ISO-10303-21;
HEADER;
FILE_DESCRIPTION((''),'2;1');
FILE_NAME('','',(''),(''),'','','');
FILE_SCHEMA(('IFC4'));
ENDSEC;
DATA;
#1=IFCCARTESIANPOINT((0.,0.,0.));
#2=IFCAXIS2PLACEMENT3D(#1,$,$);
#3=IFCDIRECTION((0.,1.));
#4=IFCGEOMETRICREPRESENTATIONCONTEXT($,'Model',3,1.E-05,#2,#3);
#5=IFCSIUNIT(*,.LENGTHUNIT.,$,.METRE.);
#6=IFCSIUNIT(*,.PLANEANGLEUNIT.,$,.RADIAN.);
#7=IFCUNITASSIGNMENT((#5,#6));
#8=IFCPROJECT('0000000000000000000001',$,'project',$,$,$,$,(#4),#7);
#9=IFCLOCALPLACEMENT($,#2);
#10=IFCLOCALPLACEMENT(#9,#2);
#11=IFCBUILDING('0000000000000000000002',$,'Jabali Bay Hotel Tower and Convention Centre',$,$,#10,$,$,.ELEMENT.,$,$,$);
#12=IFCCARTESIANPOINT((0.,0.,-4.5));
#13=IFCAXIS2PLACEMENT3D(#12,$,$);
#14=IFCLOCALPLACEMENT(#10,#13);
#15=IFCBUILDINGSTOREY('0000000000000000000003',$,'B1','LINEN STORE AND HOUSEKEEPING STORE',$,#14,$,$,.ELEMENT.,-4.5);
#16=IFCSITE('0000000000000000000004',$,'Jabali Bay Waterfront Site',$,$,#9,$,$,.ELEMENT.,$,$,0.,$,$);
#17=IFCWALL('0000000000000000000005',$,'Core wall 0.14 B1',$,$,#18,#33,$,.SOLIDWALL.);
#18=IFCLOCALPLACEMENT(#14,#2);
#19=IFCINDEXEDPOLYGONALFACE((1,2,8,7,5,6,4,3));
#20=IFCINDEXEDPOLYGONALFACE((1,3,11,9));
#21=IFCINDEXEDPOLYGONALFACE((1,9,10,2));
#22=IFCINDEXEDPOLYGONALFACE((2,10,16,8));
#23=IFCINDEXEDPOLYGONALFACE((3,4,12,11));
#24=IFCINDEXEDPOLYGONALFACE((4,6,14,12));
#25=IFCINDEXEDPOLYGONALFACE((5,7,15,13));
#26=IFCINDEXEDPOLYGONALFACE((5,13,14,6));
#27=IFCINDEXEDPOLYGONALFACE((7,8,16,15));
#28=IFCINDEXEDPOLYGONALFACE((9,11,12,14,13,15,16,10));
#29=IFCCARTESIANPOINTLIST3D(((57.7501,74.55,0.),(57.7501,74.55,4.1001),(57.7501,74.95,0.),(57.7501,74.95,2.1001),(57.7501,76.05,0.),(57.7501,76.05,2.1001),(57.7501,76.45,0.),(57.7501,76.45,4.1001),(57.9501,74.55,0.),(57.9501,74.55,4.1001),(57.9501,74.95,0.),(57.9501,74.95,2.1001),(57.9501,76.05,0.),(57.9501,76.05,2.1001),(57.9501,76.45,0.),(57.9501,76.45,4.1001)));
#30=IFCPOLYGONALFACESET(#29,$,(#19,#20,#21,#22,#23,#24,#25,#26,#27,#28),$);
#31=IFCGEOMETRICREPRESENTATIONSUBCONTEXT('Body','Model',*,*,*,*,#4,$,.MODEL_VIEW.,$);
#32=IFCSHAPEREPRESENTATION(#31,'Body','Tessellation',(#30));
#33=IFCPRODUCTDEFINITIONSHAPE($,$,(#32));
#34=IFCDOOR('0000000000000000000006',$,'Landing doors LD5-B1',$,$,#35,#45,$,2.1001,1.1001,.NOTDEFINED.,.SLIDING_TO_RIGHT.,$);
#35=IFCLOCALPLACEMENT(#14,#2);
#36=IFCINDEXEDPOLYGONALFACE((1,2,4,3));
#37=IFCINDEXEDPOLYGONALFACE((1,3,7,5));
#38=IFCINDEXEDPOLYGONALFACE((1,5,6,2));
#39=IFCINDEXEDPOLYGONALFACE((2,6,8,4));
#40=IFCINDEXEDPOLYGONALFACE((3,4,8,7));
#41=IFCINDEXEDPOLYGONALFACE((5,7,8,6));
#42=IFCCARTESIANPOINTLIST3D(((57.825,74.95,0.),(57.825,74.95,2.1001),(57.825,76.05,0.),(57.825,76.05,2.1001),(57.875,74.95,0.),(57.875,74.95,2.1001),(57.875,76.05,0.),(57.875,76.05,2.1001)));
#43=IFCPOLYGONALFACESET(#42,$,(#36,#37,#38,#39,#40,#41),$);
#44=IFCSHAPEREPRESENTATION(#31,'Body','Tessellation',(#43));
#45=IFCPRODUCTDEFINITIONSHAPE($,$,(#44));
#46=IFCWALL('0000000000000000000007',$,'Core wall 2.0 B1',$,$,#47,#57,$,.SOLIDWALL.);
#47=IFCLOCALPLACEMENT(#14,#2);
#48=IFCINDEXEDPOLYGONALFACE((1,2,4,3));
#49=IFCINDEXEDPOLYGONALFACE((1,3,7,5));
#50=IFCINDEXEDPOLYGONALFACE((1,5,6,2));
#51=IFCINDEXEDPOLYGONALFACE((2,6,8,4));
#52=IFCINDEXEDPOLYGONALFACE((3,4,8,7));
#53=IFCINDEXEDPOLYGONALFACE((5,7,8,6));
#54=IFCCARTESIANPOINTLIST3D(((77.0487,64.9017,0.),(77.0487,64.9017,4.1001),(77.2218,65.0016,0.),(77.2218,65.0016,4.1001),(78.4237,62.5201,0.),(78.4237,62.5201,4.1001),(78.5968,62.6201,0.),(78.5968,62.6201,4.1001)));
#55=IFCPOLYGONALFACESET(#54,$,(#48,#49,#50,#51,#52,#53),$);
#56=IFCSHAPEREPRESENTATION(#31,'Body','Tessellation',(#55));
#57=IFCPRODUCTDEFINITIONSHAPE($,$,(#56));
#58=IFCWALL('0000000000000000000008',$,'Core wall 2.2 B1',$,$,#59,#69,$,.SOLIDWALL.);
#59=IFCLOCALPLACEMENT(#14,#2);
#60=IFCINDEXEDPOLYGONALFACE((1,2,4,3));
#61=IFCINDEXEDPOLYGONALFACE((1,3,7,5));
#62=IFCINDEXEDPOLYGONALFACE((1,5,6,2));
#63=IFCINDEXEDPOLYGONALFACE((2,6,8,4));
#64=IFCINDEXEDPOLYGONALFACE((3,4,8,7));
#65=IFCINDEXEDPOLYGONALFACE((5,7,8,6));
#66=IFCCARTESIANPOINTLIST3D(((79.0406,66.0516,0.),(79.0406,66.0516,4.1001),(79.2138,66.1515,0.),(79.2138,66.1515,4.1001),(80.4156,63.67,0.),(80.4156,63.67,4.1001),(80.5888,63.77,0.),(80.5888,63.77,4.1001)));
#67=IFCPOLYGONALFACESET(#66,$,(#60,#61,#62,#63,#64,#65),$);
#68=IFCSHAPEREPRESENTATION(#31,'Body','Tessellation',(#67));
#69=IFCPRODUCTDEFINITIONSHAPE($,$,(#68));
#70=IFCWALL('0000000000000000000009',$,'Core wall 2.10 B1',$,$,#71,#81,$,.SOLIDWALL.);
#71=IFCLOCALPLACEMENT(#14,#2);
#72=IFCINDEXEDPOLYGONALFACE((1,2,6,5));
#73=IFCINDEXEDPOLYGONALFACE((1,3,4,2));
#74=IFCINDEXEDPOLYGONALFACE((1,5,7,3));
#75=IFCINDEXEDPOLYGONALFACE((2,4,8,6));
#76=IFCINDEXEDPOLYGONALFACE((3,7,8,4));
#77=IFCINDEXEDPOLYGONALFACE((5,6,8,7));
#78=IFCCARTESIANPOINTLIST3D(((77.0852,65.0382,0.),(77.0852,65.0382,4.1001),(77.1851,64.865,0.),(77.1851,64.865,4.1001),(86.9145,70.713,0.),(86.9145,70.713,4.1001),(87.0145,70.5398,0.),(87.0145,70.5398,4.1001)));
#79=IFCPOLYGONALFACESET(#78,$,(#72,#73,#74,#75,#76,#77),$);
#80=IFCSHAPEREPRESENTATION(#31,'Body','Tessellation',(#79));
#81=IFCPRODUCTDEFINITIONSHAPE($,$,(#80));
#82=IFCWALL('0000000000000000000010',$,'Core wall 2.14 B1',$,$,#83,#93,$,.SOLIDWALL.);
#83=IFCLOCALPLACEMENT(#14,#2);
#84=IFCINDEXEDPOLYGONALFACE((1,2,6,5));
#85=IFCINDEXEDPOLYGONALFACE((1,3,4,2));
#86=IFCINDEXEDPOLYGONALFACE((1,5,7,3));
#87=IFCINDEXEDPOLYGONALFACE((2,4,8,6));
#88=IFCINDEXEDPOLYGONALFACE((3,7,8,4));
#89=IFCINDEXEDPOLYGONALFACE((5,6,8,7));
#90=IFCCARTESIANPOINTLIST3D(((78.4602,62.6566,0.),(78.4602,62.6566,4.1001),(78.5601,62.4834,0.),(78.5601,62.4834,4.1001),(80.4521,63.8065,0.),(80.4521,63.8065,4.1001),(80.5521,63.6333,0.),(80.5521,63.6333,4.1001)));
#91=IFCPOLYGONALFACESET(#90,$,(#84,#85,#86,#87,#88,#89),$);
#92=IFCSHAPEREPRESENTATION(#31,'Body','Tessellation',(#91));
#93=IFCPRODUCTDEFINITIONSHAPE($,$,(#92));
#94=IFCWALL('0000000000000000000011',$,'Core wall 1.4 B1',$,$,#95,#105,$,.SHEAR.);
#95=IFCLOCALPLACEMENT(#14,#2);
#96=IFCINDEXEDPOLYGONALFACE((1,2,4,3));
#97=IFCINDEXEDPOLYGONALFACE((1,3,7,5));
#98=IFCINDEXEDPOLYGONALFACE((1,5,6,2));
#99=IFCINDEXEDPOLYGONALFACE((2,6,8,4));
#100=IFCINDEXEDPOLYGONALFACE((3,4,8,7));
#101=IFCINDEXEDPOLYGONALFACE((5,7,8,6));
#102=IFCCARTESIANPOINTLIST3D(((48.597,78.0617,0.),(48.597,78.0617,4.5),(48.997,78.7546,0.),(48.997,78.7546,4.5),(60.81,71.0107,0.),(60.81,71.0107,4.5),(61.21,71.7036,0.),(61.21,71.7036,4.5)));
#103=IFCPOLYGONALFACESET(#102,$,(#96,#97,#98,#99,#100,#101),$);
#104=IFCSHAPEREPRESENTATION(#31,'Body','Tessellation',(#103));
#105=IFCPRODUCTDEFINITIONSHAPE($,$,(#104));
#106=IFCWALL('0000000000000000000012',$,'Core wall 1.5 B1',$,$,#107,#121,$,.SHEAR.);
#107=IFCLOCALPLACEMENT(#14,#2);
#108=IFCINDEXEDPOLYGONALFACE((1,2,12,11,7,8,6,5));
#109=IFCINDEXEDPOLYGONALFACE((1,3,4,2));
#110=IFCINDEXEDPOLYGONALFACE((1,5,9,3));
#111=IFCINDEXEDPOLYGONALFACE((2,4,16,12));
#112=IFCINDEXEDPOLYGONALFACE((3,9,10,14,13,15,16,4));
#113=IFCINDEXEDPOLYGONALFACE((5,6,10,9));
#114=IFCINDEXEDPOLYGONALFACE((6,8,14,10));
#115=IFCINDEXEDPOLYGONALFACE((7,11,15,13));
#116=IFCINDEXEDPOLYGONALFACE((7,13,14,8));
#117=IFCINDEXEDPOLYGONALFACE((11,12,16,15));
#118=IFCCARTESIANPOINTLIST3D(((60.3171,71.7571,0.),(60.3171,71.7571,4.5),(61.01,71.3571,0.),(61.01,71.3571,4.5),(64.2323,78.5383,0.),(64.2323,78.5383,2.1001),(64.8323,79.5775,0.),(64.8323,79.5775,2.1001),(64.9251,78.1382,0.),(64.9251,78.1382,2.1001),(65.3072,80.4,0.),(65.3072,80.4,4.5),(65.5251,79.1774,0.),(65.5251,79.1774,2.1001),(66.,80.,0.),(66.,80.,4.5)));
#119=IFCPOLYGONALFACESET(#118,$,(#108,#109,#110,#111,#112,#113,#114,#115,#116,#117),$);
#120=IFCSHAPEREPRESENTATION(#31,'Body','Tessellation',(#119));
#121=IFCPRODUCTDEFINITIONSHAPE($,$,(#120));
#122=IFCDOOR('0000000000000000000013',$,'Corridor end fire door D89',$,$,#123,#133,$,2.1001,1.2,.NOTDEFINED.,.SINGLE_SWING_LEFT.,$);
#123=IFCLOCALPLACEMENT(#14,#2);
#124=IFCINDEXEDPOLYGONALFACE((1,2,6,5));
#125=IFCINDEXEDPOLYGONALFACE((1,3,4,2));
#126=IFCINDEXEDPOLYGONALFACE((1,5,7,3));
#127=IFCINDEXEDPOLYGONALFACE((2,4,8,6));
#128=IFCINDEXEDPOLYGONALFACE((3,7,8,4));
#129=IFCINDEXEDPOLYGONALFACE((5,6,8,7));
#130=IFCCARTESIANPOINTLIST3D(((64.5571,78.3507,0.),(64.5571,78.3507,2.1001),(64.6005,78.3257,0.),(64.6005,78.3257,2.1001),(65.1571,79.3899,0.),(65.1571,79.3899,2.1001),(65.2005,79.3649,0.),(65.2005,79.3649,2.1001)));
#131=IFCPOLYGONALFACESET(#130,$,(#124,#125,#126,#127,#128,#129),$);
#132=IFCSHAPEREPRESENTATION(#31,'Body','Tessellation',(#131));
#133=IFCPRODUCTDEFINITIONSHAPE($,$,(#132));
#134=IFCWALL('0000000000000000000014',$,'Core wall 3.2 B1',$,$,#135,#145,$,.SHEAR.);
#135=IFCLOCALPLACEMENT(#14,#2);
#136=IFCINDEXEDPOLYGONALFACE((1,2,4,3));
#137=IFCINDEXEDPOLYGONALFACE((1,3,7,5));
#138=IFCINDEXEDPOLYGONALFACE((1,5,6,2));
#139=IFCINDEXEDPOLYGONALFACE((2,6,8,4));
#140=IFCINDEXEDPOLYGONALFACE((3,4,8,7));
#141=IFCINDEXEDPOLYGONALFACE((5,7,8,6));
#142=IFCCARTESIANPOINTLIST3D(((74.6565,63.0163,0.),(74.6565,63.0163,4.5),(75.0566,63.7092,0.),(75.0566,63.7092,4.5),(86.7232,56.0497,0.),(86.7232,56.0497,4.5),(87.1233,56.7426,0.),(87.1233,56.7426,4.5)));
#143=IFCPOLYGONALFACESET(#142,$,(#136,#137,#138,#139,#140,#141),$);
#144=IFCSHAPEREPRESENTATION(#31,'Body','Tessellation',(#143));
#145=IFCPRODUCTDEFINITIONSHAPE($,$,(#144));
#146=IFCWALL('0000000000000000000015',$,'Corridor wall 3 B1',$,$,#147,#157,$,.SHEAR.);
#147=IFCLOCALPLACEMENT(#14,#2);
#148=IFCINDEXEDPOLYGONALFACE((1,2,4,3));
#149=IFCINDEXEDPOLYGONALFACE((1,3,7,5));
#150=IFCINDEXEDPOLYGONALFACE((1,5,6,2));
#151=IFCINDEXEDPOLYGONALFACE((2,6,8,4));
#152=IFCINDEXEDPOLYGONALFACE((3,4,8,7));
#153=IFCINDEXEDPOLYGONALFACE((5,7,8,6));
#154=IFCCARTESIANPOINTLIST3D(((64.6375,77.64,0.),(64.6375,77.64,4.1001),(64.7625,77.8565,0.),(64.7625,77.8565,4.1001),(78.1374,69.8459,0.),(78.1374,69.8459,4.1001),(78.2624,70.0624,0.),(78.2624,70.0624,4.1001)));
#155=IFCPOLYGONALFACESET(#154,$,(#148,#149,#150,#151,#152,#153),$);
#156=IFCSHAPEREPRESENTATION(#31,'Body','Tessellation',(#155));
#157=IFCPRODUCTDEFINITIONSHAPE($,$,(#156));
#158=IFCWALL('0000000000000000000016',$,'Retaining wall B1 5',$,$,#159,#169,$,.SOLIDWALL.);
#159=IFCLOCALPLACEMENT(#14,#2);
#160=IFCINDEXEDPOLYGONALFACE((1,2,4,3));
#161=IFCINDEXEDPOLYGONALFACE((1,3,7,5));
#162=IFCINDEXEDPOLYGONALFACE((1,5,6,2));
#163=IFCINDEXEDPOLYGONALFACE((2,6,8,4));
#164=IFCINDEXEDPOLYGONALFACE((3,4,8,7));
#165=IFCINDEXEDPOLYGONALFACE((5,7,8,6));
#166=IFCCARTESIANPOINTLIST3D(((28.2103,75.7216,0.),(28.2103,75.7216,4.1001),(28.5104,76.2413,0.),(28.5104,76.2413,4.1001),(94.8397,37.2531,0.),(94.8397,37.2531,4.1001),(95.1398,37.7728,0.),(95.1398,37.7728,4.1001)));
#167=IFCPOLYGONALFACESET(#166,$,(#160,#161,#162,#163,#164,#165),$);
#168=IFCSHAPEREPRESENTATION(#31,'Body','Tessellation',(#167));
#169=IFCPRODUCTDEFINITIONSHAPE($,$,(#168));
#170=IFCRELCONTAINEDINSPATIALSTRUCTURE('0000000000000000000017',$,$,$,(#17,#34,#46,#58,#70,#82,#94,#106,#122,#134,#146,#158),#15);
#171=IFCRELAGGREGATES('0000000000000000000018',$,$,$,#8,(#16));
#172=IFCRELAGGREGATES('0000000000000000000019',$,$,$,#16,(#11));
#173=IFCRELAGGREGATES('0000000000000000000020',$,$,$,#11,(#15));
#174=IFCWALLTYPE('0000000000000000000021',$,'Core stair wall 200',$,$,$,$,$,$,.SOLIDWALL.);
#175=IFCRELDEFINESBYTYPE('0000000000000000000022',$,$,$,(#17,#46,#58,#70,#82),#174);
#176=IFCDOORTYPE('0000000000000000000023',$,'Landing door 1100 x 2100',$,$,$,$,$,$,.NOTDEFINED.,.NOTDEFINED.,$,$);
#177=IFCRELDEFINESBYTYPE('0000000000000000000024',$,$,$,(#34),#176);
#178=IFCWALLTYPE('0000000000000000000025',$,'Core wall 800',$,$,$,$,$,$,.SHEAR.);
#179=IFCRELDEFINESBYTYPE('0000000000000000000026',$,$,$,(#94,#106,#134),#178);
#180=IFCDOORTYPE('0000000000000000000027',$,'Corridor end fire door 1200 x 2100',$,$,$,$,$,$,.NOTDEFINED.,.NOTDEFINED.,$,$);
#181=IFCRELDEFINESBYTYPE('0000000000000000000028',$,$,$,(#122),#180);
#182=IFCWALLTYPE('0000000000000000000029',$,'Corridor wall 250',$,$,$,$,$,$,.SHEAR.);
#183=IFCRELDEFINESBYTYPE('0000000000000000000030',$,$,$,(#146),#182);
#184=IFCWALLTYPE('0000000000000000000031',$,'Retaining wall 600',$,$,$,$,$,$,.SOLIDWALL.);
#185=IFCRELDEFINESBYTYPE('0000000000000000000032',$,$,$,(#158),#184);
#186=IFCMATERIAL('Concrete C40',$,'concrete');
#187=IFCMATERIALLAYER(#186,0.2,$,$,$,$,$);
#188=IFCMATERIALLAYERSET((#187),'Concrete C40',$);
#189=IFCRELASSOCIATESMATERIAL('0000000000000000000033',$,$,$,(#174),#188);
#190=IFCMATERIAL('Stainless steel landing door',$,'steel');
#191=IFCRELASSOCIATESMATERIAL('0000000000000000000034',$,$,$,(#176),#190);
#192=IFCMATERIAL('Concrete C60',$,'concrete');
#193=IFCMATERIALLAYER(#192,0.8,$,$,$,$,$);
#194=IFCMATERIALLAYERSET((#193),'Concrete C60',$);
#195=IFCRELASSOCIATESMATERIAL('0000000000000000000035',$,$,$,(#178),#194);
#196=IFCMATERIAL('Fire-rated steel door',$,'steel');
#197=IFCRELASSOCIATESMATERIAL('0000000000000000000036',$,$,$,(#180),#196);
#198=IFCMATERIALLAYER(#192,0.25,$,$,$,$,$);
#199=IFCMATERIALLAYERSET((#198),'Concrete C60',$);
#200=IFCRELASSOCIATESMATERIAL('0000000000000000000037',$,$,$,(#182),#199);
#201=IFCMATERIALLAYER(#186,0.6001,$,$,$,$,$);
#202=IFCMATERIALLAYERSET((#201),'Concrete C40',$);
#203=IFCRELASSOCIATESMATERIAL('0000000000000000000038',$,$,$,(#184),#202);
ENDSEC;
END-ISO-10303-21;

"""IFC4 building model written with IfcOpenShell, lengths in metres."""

from ifc_helpers import new_model, si_unit, direction, frame, frame_2d, origin, place, context, subcontext, project, spatial, rectangle, extrude, material, layer, layer_set, type_object, element, fill, save


model = new_model("IFC4")

# Units and contexts
model_context = context("Model", 3, precision=1e-05, world=origin(), true_north=direction((0.0, 1.0)))
body_context = subcontext(model_context, "Body", "Model", "MODEL_VIEW")
ifc_project = project(units=[si_unit("LENGTHUNIT", "METRE"), si_unit("PLANEANGLEUNIT", "RADIAN")], contexts=[model_context])

# Site, building, storey
site_placement = place(None, origin())
site = spatial("IfcSite", under=ifc_project, at=site_placement, Name="Jabali Bay Waterfront Site", CompositionType="ELEMENT", RefElevation=0.0)
building_placement = place(site_placement, origin())
building = spatial("IfcBuilding", under=site, at=building_placement, Name="Jabali Bay Hotel Tower and Convention Centre", CompositionType="ELEMENT")
storey_placement = place(building_placement, frame((0.0, 0.0, -4.5)))
storey = spatial("IfcBuildingStorey", under=building, at=storey_placement, Name="B1", Description="LINEN STORE AND HOUSEKEEPING STORE", CompositionType="ELEMENT", Elevation=-4.5)

# Shared definitions
ifc_material_1 = material(Name="Concrete C60", Category="concrete")

# Shared definitions
ifc_material_2 = material(Name="Concrete C40", Category="concrete")

# Shared definitions
ifc_material_3 = material(Name="Fire-rated steel door", Category="steel")

# Shared definitions
ifc_layer_1 = layer(ifc_material_2, 0.2)
ifc_layer_set_1 = layer_set([ifc_layer_1], Name="Concrete C40")
wall_type_1 = type_object("IfcWallType", Name="Core stair wall 200", PredefinedType="SOLIDWALL", material=ifc_layer_set_1)

# Wall, opening, door
wall_1_placement = place(storey_placement, frame((57.8501, 76.45, 0.0), z_axis=(0.0, 0.0, 1.0), x_axis=(0.0, -1.0, 0.0)))
wall_1 = element("IfcWall", 1, at=wall_1_placement, inside=storey, type_object=wall_type_1, Name="Core wall 0.14 B1", PredefinedType="SOLIDWALL", context=body_context, shape_type="SweptSolid", body=[
    extrude(rectangle(XDim=1.8999, YDim=0.2, at=frame_2d((0.95, 0.0))), origin(), (0.0, 0.0, 1.0), 4.1001),
])
opening_1_placement = place(wall_1_placement, frame((0.3999, 0.0, 0.0)))
opening_1 = element("IfcOpeningElement", 2, at=opening_1_placement, cuts=wall_1, PredefinedType="OPENING", context=body_context, shape_type="SweptSolid", body=[
    extrude(rectangle(XDim=1.1001, YDim=2.1001, at=frame_2d((0.55, 1.05))), frame((0.0, 0.1104, 0.0), z_axis=(0.0, -1.0, 0.0), x_axis=(1.0, 0.0, 0.0)), (0.0, 0.0, 1.0), 0.2209),
])
ifc_material_4 = material(Name="Stainless steel landing door", Category="steel")
door_type_1 = type_object("IfcDoorType", Name="Landing door 1100 x 2100", OperationType="NOTDEFINED", PredefinedType="NOTDEFINED", material=ifc_material_4)
door_1_placement = place(opening_1_placement, origin())
door_1 = element("IfcDoor", 3, at=door_1_placement, inside=storey, type_object=door_type_1, Name="Landing doors LD5-B1", OperationType="SLIDING_TO_RIGHT", OverallHeight=2.1001, OverallWidth=1.1001, PredefinedType="NOTDEFINED", context=body_context, shape_type="SweptSolid", body=[
    extrude(rectangle(XDim=1.1001, YDim=2.1001, at=frame_2d((0.55, 1.05))), frame((0.0, 0.0249, 0.0), z_axis=(0.0, -1.0, 0.0), x_axis=(1.0, 0.0, 0.0)), (0.0, 0.0, 1.0), 0.05),
])
fill(opening_1, door_1)

# Walls
for number, where, z_axis, x_axis, name in (
    (4, (77.1353, 64.9517, 0.0), (0.0, 0.0, 1.0), (0.499997, -0.866027, 0.0), "Core wall 2.0 B1"),
    (5, (79.1272, 66.1016, 0.0), (0.0, 0.0, 1.0), (0.499997, -0.866027, 0.0), "Core wall 2.2 B1"),
):
    element("IfcWall", number, at=place(storey_placement, frame(where, z_axis=z_axis, x_axis=x_axis)), inside=storey, type_object=wall_type_1, Name=name, PredefinedType="SOLIDWALL", context=body_context, shape_type="SweptSolid", body=[
        extrude(rectangle(XDim=2.75, YDim=0.2, at=frame_2d((1.375, 0.0))), origin(), (0.0, 0.0, 1.0), 4.1001),
    ])
wall_2_placement = place(storey_placement, frame((77.1353, 64.9517, 0.0), z_axis=(0.0, 0.0, 1.0), x_axis=(0.866032, 0.499989, 0.0)))
element("IfcWall", 6, at=wall_2_placement, inside=storey, type_object=wall_type_1, Name="Core wall 2.10 B1", PredefinedType="SOLIDWALL", context=body_context, shape_type="SweptSolid", body=[
    extrude(rectangle(XDim=11.3499, YDim=0.2, at=frame_2d((5.6748, 0.0))), origin(), (0.0, 0.0, 1.0), 4.1001),
])
wall_3_placement = place(storey_placement, frame((78.5103, 62.5701, 0.0), z_axis=(0.0, 0.0, 1.0), x_axis=(0.866053, 0.499952, 0.0)))
element("IfcWall", 7, at=wall_3_placement, inside=storey, type_object=wall_type_1, Name="Core wall 2.14 B1", PredefinedType="SOLIDWALL", context=body_context, shape_type="SweptSolid", body=[
    extrude(rectangle(XDim=2.3, YDim=0.2, at=frame_2d((1.1499, 0.0))), origin(), (0.0, 0.0, 1.0), 4.1001),
])
ifc_layer_2 = layer(ifc_material_1, 0.8)
ifc_layer_set_2 = layer_set([ifc_layer_2], Name="Concrete C60")
wall_type_2 = type_object("IfcWallType", Name="Core wall 800", PredefinedType="SHEAR", material=ifc_layer_set_2)
wall_4_placement = place(storey_placement, frame((48.7969, 78.4082, 0.0), z_axis=(0.0, 0.0, 1.0), x_axis=(0.866033, -0.499988, 0.0)))
element("IfcWall", 8, at=wall_4_placement, inside=storey, type_object=wall_type_2, Name="Core wall 1.4 B1", PredefinedType="SHEAR", context=body_context, shape_type="SweptSolid", body=[
    extrude(rectangle(XDim=14.1023, YDim=0.8, at=frame_2d((7.0513, 0.0))), origin(), (0.0, 0.0, 1.0), 4.5),
])

# Wall, opening, door
wall_5_placement = place(storey_placement, frame((60.6636, 71.5571, 0.0), z_axis=(0.0, 0.0, 1.0), x_axis=(0.500004, 0.866023, 0.0)))
wall_5 = element("IfcWall", 9, at=wall_5_placement, inside=storey, type_object=wall_type_2, Name="Core wall 1.5 B1", PredefinedType="SHEAR", context=body_context, shape_type="SweptSolid", body=[
    extrude(rectangle(XDim=9.98, YDim=0.8, at=frame_2d((4.99, 0.0))), origin(), (0.0, 0.0, 1.0), 4.5),
])
opening_2_placement = place(wall_5_placement, frame((7.8301, 0.0, 0.0)))
opening_2 = element("IfcOpeningElement", 10, at=opening_2_placement, cuts=wall_5, PredefinedType="OPENING", context=body_context, shape_type="SweptSolid", body=[
    extrude(rectangle(XDim=1.2, YDim=2.1001, at=frame_2d((0.6001, 1.05))), frame((0.0, 0.4106, 0.0), z_axis=(0.0, -1.0, 0.0), x_axis=(1.0, 0.0, 0.0)), (0.0, 0.0, 1.0), 0.821),
])
door_type_2 = type_object("IfcDoorType", Name="Corridor end fire door 1200 x 2100", OperationType="NOTDEFINED", PredefinedType="NOTDEFINED", material=ifc_material_3)
door_2_placement = place(opening_2_placement, origin())
door_2 = element("IfcDoor", 11, at=door_2_placement, inside=storey, type_object=door_type_2, Name="Corridor end fire door D89", OperationType="SINGLE_SWING_LEFT", OverallHeight=2.1001, OverallWidth=1.2, PredefinedType="NOTDEFINED", context=body_context, shape_type="SweptSolid", body=[
    extrude(rectangle(XDim=1.2, YDim=2.1001, at=frame_2d((0.6001, 1.05))), frame((0.0, 0.0249, 0.0), z_axis=(0.0, -1.0, 0.0), x_axis=(1.0, 0.0, 0.0)), (0.0, 0.0, 1.0), 0.05),
])
fill(opening_2, door_2)

# Walls
wall_6_placement = place(storey_placement, frame((74.8564, 63.3628, 0.0), z_axis=(0.0, 0.0, 1.0), x_axis=(0.866029, -0.499993, 0.0)))
element("IfcWall", 12, at=wall_6_placement, inside=storey, type_object=wall_type_2, Name="Core wall 3.2 B1", PredefinedType="SHEAR", context=body_context, shape_type="SweptSolid", body=[
    extrude(rectangle(XDim=13.9333, YDim=0.8, at=frame_2d((6.9668, 0.0))), origin(), (0.0, 0.0, 1.0), 4.5),
])
ifc_layer_3 = layer(ifc_material_1, 0.25)
ifc_layer_set_3 = layer_set([ifc_layer_3], Name="Concrete C60")
wall_type_3 = type_object("IfcWallType", Name="Corridor wall 250", PredefinedType="SHEAR", material=ifc_layer_set_3)
wall_7_placement = place(storey_placement, frame((64.7, 77.7483, 0.0), z_axis=(0.0, 0.0, 1.0), x_axis=(0.866026, -0.499998, 0.0)))
element("IfcWall", 13, at=wall_7_placement, inside=storey, type_object=wall_type_3, Name="Corridor wall 3 B1", PredefinedType="SHEAR", context=body_context, shape_type="SweptSolid", body=[
    extrude(rectangle(XDim=15.5884, YDim=0.25, at=frame_2d((7.7942, 0.0))), origin(), (0.0, 0.0, 1.0), 4.1001),
])
ifc_layer_4 = layer(ifc_material_2, 0.6001)
ifc_layer_set_4 = layer_set([ifc_layer_4], Name="Concrete C40")
wall_type_4 = type_object("IfcWallType", Name="Retaining wall 600", PredefinedType="SOLIDWALL", material=ifc_layer_set_4)
wall_8_placement = place(storey_placement, frame((28.3604, 75.9814, 0.0), z_axis=(0.0, 0.0, 1.0), x_axis=(0.866025, -0.5, 0.0)))
element("IfcWall", 14, at=wall_8_placement, inside=storey, type_object=wall_type_4, Name="Retaining wall B1 5", PredefinedType="SOLIDWALL", context=body_context, shape_type="SweptSolid", body=[
    extrude(rectangle(XDim=76.937, YDim=0.6001, at=frame_2d((38.4685, 0.0))), origin(), (0.0, 0.0, 1.0), 4.1001),
])

save(model, "model.ifc")
